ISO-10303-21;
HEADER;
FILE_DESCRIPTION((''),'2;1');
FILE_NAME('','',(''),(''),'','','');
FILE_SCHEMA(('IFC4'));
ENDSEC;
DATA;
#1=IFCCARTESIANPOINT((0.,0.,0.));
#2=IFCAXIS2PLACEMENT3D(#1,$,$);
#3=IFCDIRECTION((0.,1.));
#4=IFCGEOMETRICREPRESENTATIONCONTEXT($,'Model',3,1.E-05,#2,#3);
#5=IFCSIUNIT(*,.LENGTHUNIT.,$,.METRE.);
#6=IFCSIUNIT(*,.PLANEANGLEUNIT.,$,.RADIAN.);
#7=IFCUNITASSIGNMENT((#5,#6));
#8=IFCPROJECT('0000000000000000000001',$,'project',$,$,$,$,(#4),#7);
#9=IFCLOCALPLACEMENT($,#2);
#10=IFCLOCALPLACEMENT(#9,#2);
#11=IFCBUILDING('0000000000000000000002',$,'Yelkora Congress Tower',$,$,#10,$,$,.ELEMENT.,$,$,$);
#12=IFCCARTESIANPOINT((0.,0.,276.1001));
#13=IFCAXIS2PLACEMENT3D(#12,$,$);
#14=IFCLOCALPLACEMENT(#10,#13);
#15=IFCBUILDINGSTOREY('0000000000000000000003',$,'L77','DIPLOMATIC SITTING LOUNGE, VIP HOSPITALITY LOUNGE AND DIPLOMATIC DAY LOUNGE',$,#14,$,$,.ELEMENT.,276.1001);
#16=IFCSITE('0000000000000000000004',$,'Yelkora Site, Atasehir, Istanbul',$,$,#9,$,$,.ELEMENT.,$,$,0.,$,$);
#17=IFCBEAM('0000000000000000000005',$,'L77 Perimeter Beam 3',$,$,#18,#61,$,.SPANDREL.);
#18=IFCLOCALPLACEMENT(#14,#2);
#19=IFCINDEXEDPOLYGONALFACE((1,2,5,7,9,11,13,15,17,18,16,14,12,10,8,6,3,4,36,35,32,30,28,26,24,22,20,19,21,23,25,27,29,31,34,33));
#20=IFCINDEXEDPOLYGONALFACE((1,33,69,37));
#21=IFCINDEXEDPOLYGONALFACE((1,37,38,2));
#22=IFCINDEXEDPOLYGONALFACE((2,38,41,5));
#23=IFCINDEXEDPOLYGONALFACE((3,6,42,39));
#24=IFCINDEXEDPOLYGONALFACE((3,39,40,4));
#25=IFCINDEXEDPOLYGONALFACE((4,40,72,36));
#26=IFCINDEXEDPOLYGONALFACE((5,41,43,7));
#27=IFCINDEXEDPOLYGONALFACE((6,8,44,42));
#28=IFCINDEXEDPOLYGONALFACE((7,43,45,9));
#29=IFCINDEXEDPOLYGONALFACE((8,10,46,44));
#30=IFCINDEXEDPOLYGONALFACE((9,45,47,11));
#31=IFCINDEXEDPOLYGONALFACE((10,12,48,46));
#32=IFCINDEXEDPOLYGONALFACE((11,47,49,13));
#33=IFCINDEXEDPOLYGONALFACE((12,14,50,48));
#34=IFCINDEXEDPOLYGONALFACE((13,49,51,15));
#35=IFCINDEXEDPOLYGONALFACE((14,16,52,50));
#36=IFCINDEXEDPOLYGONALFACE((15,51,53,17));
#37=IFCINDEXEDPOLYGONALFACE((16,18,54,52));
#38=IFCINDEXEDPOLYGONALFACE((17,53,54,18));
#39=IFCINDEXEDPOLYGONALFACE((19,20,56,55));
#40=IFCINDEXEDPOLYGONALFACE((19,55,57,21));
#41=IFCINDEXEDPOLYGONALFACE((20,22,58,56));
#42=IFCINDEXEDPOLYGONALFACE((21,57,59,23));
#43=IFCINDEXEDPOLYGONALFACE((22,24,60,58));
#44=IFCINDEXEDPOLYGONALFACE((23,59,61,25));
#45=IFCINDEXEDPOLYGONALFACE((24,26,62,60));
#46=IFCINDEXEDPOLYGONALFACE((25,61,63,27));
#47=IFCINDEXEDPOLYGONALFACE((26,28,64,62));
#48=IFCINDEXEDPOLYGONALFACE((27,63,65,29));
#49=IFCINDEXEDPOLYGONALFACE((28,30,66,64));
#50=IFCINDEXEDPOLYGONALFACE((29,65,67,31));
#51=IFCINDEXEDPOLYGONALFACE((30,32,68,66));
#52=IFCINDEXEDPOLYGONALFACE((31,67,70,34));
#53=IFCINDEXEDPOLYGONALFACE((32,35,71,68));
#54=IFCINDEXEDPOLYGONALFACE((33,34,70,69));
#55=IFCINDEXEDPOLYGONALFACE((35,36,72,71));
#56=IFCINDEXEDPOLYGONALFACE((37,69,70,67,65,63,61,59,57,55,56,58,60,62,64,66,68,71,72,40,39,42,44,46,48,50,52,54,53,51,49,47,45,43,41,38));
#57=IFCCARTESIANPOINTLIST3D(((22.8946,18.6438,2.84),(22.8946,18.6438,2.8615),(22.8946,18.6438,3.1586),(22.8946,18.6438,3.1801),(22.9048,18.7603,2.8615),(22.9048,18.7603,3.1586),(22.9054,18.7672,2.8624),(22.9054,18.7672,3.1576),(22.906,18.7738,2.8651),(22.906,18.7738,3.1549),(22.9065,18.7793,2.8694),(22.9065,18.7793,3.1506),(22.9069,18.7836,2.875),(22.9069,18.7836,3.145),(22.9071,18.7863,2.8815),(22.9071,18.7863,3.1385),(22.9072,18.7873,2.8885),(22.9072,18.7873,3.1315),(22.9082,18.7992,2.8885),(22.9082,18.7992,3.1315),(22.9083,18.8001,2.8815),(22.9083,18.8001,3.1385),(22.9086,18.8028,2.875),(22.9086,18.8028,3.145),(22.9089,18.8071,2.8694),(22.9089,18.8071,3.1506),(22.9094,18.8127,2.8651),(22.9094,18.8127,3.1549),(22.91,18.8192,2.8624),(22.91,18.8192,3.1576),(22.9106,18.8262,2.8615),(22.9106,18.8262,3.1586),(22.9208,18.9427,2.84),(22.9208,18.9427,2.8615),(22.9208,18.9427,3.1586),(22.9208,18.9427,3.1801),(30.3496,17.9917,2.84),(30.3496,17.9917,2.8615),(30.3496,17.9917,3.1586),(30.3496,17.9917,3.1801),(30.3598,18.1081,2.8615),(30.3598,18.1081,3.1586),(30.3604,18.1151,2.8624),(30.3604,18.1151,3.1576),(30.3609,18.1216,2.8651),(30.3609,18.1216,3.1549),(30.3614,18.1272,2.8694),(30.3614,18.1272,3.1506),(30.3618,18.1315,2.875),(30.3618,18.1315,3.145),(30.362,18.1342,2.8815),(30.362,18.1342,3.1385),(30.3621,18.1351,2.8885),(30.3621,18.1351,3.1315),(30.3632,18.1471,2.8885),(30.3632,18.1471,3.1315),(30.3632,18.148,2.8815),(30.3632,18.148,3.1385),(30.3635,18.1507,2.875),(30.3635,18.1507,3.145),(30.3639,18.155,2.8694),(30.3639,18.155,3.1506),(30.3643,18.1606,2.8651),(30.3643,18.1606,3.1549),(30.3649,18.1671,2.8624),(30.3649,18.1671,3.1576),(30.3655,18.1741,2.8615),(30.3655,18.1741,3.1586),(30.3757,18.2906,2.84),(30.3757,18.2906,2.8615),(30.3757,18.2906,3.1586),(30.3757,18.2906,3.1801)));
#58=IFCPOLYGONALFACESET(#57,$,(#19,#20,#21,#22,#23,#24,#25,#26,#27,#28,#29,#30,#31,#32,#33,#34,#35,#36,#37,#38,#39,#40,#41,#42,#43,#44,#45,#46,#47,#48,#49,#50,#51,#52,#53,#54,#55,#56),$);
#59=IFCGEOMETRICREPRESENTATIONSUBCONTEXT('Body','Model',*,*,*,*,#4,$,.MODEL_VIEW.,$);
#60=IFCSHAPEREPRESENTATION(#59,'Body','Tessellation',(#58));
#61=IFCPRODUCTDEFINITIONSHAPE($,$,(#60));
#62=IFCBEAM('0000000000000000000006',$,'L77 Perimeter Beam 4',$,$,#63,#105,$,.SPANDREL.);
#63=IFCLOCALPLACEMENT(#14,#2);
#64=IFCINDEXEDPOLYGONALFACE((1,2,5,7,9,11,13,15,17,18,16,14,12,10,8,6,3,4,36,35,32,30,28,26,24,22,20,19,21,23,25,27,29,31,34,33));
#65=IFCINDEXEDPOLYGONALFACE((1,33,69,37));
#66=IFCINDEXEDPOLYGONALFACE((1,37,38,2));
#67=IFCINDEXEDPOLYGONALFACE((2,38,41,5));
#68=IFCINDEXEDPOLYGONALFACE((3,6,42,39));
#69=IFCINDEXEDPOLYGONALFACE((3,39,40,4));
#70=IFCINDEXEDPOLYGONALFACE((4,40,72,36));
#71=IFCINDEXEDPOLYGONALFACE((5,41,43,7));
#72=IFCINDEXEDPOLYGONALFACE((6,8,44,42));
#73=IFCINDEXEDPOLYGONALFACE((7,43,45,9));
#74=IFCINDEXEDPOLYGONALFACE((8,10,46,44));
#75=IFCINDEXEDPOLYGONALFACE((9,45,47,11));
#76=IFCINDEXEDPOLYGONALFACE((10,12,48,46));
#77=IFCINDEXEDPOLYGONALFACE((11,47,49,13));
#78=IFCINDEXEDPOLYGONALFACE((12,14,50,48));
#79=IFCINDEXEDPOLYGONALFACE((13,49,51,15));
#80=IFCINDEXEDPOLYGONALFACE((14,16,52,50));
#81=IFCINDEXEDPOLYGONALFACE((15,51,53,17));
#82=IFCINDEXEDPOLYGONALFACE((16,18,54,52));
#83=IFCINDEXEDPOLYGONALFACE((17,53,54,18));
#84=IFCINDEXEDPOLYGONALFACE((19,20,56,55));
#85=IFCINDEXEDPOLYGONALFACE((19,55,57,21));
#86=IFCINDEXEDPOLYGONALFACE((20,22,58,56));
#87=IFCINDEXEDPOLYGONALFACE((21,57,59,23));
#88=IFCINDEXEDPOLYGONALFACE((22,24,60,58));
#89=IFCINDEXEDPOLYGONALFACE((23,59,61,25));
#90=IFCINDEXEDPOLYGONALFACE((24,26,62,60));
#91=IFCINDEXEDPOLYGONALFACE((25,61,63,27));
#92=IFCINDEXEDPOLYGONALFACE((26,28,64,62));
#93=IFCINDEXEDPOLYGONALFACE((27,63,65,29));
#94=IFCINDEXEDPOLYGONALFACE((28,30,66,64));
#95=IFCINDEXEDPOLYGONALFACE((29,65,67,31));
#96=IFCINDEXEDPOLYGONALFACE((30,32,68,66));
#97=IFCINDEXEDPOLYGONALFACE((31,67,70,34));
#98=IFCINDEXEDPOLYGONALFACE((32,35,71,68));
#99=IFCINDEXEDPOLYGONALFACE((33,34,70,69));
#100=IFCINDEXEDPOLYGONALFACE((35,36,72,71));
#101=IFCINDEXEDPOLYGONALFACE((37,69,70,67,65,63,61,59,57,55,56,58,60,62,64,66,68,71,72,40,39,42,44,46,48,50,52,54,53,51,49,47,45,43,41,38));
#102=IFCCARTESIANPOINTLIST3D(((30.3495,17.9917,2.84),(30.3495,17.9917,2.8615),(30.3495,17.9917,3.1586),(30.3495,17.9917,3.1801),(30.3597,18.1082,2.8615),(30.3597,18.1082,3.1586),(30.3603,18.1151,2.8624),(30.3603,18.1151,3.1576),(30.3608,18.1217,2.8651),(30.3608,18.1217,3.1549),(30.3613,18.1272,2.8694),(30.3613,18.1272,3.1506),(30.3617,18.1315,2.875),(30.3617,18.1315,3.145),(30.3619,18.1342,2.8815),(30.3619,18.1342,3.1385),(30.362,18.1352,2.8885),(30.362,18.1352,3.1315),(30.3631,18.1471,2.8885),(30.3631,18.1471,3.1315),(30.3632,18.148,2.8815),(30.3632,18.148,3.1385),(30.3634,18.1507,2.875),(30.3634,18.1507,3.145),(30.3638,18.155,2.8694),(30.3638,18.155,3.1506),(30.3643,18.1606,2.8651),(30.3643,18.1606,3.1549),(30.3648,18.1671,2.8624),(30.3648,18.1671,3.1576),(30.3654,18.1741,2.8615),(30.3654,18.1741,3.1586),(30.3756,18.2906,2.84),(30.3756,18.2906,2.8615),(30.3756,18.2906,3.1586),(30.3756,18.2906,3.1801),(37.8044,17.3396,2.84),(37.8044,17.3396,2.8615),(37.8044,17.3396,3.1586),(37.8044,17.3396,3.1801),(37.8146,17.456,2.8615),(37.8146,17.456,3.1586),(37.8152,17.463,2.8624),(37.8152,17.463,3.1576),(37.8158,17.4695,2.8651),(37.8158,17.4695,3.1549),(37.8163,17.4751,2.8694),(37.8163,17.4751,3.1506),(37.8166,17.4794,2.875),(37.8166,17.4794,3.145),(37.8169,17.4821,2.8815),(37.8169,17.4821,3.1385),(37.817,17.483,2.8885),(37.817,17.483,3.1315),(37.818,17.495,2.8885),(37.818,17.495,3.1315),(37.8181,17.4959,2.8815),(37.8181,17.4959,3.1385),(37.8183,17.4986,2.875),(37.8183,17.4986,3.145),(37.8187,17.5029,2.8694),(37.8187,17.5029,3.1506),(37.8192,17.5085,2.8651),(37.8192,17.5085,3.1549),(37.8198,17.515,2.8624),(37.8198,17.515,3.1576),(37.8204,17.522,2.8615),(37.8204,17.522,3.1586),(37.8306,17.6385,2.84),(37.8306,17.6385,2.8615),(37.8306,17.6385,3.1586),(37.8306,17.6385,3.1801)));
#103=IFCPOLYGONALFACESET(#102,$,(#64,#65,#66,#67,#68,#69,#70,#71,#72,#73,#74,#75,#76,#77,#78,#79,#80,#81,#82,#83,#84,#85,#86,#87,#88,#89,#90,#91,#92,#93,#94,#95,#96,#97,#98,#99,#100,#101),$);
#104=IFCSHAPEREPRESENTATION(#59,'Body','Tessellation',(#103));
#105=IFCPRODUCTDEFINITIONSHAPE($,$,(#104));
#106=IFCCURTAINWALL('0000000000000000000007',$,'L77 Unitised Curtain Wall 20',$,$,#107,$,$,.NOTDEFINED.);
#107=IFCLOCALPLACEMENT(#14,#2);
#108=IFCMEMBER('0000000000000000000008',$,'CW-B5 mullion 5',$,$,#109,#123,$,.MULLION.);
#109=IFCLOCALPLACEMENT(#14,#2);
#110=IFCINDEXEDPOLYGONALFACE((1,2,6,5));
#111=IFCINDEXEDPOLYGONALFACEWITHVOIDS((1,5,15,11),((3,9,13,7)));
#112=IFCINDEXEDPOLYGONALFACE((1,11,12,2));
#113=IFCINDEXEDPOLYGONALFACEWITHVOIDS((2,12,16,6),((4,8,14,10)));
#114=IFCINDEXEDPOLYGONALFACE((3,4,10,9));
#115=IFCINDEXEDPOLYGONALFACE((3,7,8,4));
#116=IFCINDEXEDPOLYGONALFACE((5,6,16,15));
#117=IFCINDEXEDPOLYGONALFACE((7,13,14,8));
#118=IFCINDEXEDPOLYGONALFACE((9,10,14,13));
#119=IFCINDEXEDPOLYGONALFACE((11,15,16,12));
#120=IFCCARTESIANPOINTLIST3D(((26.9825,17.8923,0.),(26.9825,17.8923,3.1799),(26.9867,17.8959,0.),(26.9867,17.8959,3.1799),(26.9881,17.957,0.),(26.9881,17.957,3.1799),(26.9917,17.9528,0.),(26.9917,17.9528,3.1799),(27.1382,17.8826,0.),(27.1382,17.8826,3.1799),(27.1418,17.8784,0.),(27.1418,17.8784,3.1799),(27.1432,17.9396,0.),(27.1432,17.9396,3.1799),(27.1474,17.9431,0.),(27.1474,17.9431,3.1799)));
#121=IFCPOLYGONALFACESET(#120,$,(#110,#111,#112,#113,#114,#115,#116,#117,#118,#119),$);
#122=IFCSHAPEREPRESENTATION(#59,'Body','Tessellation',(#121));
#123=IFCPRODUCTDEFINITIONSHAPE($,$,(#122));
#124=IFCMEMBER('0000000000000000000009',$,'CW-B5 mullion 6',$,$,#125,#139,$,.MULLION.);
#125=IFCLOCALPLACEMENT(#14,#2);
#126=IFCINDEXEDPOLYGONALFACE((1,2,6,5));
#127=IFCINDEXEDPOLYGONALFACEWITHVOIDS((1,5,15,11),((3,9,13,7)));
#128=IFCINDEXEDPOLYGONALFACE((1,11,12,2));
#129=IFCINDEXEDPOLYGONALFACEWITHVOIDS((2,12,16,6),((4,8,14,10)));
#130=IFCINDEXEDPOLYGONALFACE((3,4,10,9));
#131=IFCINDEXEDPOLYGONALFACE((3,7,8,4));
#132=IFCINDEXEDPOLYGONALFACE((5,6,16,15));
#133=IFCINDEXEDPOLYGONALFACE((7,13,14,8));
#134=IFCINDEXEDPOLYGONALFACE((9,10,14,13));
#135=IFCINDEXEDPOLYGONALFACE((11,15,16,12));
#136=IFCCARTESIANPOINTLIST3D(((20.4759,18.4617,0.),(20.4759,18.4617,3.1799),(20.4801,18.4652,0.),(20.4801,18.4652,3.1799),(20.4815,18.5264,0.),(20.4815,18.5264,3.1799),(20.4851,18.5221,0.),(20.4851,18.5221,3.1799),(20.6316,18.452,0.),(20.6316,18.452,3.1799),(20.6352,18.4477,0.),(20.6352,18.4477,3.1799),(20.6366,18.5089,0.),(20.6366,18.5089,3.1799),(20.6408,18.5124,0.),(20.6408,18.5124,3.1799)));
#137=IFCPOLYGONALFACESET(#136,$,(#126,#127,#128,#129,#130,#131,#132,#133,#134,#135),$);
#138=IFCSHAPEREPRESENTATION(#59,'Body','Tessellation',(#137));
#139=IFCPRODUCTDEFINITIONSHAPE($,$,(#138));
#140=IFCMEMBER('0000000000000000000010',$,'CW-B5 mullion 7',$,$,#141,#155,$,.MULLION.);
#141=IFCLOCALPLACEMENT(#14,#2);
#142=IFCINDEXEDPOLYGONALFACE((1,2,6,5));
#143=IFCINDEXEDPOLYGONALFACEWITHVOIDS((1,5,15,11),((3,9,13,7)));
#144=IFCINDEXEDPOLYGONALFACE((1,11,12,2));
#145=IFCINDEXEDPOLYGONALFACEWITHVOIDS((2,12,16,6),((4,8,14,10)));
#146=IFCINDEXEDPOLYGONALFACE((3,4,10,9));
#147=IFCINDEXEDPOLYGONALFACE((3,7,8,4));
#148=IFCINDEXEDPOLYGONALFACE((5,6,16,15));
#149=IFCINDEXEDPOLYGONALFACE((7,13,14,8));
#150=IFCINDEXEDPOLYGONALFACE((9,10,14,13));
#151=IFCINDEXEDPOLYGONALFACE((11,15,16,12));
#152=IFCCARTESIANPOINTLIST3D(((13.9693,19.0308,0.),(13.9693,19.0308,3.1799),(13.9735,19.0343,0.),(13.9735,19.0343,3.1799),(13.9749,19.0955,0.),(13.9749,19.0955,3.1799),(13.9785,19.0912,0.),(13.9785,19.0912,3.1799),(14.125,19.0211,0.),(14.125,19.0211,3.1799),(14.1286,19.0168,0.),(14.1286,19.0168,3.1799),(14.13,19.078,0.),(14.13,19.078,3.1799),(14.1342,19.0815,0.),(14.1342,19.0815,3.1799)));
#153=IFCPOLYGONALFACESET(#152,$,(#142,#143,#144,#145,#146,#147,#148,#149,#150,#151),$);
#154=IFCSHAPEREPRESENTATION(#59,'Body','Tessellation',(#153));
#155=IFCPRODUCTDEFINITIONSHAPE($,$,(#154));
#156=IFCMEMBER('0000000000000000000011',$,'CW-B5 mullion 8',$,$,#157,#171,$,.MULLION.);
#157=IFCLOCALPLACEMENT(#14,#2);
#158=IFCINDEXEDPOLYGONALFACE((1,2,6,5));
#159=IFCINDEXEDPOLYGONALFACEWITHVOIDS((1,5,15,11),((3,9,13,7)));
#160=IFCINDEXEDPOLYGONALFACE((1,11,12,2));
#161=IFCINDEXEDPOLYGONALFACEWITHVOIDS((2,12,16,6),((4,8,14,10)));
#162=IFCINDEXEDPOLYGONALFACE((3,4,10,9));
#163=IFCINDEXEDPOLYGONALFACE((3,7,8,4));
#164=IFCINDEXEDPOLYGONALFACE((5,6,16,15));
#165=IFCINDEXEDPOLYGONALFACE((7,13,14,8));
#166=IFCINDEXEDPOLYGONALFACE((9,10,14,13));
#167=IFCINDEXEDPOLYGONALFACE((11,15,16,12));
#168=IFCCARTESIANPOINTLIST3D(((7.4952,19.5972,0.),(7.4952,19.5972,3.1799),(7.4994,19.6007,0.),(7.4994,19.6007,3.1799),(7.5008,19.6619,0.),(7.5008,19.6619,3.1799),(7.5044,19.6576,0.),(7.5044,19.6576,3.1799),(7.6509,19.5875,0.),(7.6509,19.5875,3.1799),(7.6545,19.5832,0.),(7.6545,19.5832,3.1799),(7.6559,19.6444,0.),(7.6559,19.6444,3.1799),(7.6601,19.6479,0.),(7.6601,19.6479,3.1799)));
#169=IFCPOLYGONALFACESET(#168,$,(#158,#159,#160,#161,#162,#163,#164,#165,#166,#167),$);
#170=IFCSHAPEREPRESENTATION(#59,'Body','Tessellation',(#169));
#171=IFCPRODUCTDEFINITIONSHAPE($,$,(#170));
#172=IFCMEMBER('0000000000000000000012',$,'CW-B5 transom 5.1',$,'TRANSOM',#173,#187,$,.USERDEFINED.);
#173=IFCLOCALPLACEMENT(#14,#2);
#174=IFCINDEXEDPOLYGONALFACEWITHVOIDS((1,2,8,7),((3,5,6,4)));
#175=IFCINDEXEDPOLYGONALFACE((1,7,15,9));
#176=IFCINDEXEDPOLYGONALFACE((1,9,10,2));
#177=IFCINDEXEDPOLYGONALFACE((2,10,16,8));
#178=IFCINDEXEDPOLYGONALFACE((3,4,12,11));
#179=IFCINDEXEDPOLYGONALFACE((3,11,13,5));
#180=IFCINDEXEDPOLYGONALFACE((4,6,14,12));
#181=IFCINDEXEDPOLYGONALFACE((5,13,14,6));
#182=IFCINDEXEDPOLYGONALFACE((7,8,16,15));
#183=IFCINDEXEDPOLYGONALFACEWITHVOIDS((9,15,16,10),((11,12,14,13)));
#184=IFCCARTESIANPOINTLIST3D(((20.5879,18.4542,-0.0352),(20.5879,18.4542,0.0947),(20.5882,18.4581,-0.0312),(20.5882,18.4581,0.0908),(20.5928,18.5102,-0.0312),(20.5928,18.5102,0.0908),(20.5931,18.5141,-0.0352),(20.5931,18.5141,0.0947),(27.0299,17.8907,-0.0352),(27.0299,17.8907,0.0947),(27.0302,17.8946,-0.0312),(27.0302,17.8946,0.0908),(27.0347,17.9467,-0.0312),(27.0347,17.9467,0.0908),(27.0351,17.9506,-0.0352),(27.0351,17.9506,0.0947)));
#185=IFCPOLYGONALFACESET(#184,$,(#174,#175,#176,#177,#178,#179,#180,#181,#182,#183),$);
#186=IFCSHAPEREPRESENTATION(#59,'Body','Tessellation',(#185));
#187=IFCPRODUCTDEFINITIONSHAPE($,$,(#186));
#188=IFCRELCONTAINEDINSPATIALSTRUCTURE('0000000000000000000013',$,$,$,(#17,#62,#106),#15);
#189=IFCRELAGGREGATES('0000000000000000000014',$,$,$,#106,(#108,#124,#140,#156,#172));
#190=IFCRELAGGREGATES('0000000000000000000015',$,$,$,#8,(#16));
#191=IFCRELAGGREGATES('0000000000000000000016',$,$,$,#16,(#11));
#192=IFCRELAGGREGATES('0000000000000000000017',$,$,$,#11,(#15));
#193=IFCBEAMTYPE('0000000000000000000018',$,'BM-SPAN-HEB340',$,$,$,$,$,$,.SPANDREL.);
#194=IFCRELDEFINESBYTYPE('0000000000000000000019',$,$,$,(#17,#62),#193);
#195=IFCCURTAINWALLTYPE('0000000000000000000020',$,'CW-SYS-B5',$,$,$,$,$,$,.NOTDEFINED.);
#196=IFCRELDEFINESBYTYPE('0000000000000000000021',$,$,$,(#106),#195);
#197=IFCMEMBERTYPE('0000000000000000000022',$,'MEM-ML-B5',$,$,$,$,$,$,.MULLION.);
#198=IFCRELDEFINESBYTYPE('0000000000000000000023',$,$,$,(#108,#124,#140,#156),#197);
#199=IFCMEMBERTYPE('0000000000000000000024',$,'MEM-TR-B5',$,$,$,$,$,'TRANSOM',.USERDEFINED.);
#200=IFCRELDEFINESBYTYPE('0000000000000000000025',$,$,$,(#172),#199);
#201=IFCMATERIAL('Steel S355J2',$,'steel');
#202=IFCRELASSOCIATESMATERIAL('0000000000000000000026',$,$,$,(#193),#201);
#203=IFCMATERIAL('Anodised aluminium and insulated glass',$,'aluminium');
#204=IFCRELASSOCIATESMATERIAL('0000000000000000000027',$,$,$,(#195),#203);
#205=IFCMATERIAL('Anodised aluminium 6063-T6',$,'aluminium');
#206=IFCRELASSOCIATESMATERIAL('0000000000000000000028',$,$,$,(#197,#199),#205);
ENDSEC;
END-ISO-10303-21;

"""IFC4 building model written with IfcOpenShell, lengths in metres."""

from ifc_helpers import new_model, si_unit, direction, frame, origin, origin_2d, place, context, subcontext, project, spatial, hollow_rectangle, i_section, extrude, material, material_profile, profile_set, type_object, element, aggregate, save


model = new_model("IFC4")

# Units and contexts
model_context = context("Model", 3, precision=1e-05, world=origin(), true_north=direction((0.0, 1.0)))
body_context = subcontext(model_context, "Body", "Model", "MODEL_VIEW")
ifc_project = project(units=[si_unit("LENGTHUNIT", "METRE"), si_unit("PLANEANGLEUNIT", "RADIAN")], contexts=[model_context])

# Site, building, storey
site_placement = place(None, origin())
site = spatial("IfcSite", under=ifc_project, at=site_placement, Name="Yelkora Site, Atasehir, Istanbul", CompositionType="ELEMENT", RefElevation=0.0)
building_placement = place(site_placement, origin())
building = spatial("IfcBuilding", under=site, at=building_placement, Name="Yelkora Congress Tower", CompositionType="ELEMENT")
storey_placement = place(building_placement, frame((0.0, 0.0, 276.1001)))
storey = spatial("IfcBuildingStorey", under=building, at=storey_placement, Name="L77", Description="DIPLOMATIC SITTING LOUNGE, VIP HOSPITALITY LOUNGE AND DIPLOMATIC DAY LOUNGE", CompositionType="ELEMENT", Elevation=276.1001)

# Shared definitions
ifc_material_1 = material(Name="Steel S355J2", Category="steel")

# Beams
ifc_material_profile_1 = material_profile(ifc_material_1, i_section(OverallWidth=0.3, OverallDepth=0.3401, WebThickness=0.012, FlangeThickness=0.0215, FilletRadius=0.0271, at=origin_2d()), Name="HEB 340")
ifc_profile_set_1 = profile_set([ifc_material_profile_1], Name="Steel S355J2")
beam_type_1 = type_object("IfcBeamType", Name="BM-SPAN-HEB340", PredefinedType="SPANDREL", material=ifc_profile_set_1)
for number, where, z_axis, x_axis, name in (
    (1, (22.9077, 18.7932, 3.01), (0.996196, -0.087141, 0.0), (0.087141, 0.996196, 0.0), "L77 Perimeter Beam 3"),
    (2, (30.3625, 18.1411, 3.01), (0.996196, -0.087141, 0.0), (0.087141, 0.996196, 0.0), "L77 Perimeter Beam 4"),
):
    element("IfcBeam", number, at=place(storey_placement, frame(where, z_axis=z_axis, x_axis=x_axis)), inside=storey, type_object=beam_type_1, Name=name, PredefinedType="SPANDREL", context=body_context, shape_type="SweptSolid", body=[
        extrude(i_section(OverallWidth=0.3, OverallDepth=0.3401, WebThickness=0.012, FlangeThickness=0.0215, FilletRadius=0.0271, at=origin_2d()), origin(), (0.0, 0.0, 1.0), 7.4834),
    ])

# Curtain wall, members
ifc_material_2 = material(Name="Anodised aluminium and insulated glass", Category="aluminium")
curtain_wall_type = type_object("IfcCurtainWallType", Name="CW-SYS-B5", PredefinedType="NOTDEFINED", material=ifc_material_2)
curtain_wall_placement = place(storey_placement, origin())
curtain_wall = element("IfcCurtainWall", 3, at=curtain_wall_placement, inside=storey, type_object=curtain_wall_type, Name="L77 Unitised Curtain Wall 20", PredefinedType="NOTDEFINED")
ifc_material_3 = material(Name="Anodised aluminium 6063-T6", Category="aluminium")
ifc_material_profile_2 = material_profile(ifc_material_3, hollow_rectangle(XDim=0.0649, YDim=0.1599, WallThickness=0.0039, at=origin_2d()), Name="ALU 65x160x4")
ifc_profile_set_2 = profile_set([ifc_material_profile_2], Name="Anodised aluminium 6063-T6")
member_type_1 = type_object("IfcMemberType", Name="MEM-ML-B5", PredefinedType="MULLION", material=ifc_profile_set_2)
member_1_placement = place(storey_placement, frame((27.0649, 17.9177, 0.0), z_axis=(0.0, 0.0, 1.0), x_axis=(-0.087157, -0.996195, 0.0)))
member_1 = element("IfcMember", 4, at=member_1_placement, type_object=member_type_1, Name="CW-B5 mullion 5", PredefinedType="MULLION", context=body_context, shape_type="SweptSolid", body=[
    extrude(hollow_rectangle(XDim=0.0649, YDim=0.1599, WallThickness=0.0039, at=origin_2d()), origin(), (0.0, 0.0, 1.0), 3.1799),
])
member_2_placement = place(storey_placement, frame((20.5583, 18.4871, 0.0), z_axis=(0.0, 0.0, 1.0), x_axis=(-0.087157, -0.996195, 0.0)))
member_2 = element("IfcMember", 5, at=member_2_placement, type_object=member_type_1, Name="CW-B5 mullion 6", PredefinedType="MULLION", context=body_context, shape_type="SweptSolid", body=[
    extrude(hollow_rectangle(XDim=0.0649, YDim=0.1599, WallThickness=0.0039, at=origin_2d()), origin(), (0.0, 0.0, 1.0), 3.1799),
])
member_3_placement = place(storey_placement, frame((14.0518, 19.0562, 0.0), z_axis=(0.0, 0.0, 1.0), x_axis=(-0.087157, -0.996195, 0.0)))
member_3 = element("IfcMember", 6, at=member_3_placement, type_object=member_type_1, Name="CW-B5 mullion 7", PredefinedType="MULLION", context=body_context, shape_type="SweptSolid", body=[
    extrude(hollow_rectangle(XDim=0.0649, YDim=0.1599, WallThickness=0.0039, at=origin_2d()), origin(), (0.0, 0.0, 1.0), 3.1799),
])
member_4_placement = place(storey_placement, frame((7.5776, 19.6226, 0.0), z_axis=(0.0, 0.0, 1.0), x_axis=(-0.087157, -0.996195, 0.0)))
member_4 = element("IfcMember", 7, at=member_4_placement, type_object=member_type_1, Name="CW-B5 mullion 8", PredefinedType="MULLION", context=body_context, shape_type="SweptSolid", body=[
    extrude(hollow_rectangle(XDim=0.0649, YDim=0.1599, WallThickness=0.0039, at=origin_2d()), origin(), (0.0, 0.0, 1.0), 3.1799),
])
ifc_material_profile_3 = material_profile(ifc_material_3, hollow_rectangle(XDim=0.0601, YDim=0.1299, WallThickness=0.0039, at=origin_2d()), Name="ALU 60x130x4")
ifc_profile_set_3 = profile_set([ifc_material_profile_3], Name="Anodised aluminium 6063-T6")
member_type_2 = type_object("IfcMemberType", Name="MEM-TR-B5", ElementType="TRANSOM", PredefinedType="USERDEFINED", material=ifc_profile_set_3)
member_5_placement = place(storey_placement, frame((27.0325, 17.9207, 0.0298), z_axis=(-0.996196, 0.087138, 0.0), x_axis=(-0.087138, -0.996196, 0.0)))
member_5 = element("IfcMember", 8, at=member_5_placement, type_object=member_type_2, Name="CW-B5 transom 5.1", ObjectType="TRANSOM", PredefinedType="USERDEFINED", context=body_context, shape_type="SweptSolid", body=[
    extrude(hollow_rectangle(XDim=0.0601, YDim=0.1299, WallThickness=0.0039, at=origin_2d()), origin(), (0.0, 0.0, 1.0), 6.4666),
])
aggregate(curtain_wall, [member_1, member_2, member_3, member_4, member_5])

save(model, "model.ifc")
